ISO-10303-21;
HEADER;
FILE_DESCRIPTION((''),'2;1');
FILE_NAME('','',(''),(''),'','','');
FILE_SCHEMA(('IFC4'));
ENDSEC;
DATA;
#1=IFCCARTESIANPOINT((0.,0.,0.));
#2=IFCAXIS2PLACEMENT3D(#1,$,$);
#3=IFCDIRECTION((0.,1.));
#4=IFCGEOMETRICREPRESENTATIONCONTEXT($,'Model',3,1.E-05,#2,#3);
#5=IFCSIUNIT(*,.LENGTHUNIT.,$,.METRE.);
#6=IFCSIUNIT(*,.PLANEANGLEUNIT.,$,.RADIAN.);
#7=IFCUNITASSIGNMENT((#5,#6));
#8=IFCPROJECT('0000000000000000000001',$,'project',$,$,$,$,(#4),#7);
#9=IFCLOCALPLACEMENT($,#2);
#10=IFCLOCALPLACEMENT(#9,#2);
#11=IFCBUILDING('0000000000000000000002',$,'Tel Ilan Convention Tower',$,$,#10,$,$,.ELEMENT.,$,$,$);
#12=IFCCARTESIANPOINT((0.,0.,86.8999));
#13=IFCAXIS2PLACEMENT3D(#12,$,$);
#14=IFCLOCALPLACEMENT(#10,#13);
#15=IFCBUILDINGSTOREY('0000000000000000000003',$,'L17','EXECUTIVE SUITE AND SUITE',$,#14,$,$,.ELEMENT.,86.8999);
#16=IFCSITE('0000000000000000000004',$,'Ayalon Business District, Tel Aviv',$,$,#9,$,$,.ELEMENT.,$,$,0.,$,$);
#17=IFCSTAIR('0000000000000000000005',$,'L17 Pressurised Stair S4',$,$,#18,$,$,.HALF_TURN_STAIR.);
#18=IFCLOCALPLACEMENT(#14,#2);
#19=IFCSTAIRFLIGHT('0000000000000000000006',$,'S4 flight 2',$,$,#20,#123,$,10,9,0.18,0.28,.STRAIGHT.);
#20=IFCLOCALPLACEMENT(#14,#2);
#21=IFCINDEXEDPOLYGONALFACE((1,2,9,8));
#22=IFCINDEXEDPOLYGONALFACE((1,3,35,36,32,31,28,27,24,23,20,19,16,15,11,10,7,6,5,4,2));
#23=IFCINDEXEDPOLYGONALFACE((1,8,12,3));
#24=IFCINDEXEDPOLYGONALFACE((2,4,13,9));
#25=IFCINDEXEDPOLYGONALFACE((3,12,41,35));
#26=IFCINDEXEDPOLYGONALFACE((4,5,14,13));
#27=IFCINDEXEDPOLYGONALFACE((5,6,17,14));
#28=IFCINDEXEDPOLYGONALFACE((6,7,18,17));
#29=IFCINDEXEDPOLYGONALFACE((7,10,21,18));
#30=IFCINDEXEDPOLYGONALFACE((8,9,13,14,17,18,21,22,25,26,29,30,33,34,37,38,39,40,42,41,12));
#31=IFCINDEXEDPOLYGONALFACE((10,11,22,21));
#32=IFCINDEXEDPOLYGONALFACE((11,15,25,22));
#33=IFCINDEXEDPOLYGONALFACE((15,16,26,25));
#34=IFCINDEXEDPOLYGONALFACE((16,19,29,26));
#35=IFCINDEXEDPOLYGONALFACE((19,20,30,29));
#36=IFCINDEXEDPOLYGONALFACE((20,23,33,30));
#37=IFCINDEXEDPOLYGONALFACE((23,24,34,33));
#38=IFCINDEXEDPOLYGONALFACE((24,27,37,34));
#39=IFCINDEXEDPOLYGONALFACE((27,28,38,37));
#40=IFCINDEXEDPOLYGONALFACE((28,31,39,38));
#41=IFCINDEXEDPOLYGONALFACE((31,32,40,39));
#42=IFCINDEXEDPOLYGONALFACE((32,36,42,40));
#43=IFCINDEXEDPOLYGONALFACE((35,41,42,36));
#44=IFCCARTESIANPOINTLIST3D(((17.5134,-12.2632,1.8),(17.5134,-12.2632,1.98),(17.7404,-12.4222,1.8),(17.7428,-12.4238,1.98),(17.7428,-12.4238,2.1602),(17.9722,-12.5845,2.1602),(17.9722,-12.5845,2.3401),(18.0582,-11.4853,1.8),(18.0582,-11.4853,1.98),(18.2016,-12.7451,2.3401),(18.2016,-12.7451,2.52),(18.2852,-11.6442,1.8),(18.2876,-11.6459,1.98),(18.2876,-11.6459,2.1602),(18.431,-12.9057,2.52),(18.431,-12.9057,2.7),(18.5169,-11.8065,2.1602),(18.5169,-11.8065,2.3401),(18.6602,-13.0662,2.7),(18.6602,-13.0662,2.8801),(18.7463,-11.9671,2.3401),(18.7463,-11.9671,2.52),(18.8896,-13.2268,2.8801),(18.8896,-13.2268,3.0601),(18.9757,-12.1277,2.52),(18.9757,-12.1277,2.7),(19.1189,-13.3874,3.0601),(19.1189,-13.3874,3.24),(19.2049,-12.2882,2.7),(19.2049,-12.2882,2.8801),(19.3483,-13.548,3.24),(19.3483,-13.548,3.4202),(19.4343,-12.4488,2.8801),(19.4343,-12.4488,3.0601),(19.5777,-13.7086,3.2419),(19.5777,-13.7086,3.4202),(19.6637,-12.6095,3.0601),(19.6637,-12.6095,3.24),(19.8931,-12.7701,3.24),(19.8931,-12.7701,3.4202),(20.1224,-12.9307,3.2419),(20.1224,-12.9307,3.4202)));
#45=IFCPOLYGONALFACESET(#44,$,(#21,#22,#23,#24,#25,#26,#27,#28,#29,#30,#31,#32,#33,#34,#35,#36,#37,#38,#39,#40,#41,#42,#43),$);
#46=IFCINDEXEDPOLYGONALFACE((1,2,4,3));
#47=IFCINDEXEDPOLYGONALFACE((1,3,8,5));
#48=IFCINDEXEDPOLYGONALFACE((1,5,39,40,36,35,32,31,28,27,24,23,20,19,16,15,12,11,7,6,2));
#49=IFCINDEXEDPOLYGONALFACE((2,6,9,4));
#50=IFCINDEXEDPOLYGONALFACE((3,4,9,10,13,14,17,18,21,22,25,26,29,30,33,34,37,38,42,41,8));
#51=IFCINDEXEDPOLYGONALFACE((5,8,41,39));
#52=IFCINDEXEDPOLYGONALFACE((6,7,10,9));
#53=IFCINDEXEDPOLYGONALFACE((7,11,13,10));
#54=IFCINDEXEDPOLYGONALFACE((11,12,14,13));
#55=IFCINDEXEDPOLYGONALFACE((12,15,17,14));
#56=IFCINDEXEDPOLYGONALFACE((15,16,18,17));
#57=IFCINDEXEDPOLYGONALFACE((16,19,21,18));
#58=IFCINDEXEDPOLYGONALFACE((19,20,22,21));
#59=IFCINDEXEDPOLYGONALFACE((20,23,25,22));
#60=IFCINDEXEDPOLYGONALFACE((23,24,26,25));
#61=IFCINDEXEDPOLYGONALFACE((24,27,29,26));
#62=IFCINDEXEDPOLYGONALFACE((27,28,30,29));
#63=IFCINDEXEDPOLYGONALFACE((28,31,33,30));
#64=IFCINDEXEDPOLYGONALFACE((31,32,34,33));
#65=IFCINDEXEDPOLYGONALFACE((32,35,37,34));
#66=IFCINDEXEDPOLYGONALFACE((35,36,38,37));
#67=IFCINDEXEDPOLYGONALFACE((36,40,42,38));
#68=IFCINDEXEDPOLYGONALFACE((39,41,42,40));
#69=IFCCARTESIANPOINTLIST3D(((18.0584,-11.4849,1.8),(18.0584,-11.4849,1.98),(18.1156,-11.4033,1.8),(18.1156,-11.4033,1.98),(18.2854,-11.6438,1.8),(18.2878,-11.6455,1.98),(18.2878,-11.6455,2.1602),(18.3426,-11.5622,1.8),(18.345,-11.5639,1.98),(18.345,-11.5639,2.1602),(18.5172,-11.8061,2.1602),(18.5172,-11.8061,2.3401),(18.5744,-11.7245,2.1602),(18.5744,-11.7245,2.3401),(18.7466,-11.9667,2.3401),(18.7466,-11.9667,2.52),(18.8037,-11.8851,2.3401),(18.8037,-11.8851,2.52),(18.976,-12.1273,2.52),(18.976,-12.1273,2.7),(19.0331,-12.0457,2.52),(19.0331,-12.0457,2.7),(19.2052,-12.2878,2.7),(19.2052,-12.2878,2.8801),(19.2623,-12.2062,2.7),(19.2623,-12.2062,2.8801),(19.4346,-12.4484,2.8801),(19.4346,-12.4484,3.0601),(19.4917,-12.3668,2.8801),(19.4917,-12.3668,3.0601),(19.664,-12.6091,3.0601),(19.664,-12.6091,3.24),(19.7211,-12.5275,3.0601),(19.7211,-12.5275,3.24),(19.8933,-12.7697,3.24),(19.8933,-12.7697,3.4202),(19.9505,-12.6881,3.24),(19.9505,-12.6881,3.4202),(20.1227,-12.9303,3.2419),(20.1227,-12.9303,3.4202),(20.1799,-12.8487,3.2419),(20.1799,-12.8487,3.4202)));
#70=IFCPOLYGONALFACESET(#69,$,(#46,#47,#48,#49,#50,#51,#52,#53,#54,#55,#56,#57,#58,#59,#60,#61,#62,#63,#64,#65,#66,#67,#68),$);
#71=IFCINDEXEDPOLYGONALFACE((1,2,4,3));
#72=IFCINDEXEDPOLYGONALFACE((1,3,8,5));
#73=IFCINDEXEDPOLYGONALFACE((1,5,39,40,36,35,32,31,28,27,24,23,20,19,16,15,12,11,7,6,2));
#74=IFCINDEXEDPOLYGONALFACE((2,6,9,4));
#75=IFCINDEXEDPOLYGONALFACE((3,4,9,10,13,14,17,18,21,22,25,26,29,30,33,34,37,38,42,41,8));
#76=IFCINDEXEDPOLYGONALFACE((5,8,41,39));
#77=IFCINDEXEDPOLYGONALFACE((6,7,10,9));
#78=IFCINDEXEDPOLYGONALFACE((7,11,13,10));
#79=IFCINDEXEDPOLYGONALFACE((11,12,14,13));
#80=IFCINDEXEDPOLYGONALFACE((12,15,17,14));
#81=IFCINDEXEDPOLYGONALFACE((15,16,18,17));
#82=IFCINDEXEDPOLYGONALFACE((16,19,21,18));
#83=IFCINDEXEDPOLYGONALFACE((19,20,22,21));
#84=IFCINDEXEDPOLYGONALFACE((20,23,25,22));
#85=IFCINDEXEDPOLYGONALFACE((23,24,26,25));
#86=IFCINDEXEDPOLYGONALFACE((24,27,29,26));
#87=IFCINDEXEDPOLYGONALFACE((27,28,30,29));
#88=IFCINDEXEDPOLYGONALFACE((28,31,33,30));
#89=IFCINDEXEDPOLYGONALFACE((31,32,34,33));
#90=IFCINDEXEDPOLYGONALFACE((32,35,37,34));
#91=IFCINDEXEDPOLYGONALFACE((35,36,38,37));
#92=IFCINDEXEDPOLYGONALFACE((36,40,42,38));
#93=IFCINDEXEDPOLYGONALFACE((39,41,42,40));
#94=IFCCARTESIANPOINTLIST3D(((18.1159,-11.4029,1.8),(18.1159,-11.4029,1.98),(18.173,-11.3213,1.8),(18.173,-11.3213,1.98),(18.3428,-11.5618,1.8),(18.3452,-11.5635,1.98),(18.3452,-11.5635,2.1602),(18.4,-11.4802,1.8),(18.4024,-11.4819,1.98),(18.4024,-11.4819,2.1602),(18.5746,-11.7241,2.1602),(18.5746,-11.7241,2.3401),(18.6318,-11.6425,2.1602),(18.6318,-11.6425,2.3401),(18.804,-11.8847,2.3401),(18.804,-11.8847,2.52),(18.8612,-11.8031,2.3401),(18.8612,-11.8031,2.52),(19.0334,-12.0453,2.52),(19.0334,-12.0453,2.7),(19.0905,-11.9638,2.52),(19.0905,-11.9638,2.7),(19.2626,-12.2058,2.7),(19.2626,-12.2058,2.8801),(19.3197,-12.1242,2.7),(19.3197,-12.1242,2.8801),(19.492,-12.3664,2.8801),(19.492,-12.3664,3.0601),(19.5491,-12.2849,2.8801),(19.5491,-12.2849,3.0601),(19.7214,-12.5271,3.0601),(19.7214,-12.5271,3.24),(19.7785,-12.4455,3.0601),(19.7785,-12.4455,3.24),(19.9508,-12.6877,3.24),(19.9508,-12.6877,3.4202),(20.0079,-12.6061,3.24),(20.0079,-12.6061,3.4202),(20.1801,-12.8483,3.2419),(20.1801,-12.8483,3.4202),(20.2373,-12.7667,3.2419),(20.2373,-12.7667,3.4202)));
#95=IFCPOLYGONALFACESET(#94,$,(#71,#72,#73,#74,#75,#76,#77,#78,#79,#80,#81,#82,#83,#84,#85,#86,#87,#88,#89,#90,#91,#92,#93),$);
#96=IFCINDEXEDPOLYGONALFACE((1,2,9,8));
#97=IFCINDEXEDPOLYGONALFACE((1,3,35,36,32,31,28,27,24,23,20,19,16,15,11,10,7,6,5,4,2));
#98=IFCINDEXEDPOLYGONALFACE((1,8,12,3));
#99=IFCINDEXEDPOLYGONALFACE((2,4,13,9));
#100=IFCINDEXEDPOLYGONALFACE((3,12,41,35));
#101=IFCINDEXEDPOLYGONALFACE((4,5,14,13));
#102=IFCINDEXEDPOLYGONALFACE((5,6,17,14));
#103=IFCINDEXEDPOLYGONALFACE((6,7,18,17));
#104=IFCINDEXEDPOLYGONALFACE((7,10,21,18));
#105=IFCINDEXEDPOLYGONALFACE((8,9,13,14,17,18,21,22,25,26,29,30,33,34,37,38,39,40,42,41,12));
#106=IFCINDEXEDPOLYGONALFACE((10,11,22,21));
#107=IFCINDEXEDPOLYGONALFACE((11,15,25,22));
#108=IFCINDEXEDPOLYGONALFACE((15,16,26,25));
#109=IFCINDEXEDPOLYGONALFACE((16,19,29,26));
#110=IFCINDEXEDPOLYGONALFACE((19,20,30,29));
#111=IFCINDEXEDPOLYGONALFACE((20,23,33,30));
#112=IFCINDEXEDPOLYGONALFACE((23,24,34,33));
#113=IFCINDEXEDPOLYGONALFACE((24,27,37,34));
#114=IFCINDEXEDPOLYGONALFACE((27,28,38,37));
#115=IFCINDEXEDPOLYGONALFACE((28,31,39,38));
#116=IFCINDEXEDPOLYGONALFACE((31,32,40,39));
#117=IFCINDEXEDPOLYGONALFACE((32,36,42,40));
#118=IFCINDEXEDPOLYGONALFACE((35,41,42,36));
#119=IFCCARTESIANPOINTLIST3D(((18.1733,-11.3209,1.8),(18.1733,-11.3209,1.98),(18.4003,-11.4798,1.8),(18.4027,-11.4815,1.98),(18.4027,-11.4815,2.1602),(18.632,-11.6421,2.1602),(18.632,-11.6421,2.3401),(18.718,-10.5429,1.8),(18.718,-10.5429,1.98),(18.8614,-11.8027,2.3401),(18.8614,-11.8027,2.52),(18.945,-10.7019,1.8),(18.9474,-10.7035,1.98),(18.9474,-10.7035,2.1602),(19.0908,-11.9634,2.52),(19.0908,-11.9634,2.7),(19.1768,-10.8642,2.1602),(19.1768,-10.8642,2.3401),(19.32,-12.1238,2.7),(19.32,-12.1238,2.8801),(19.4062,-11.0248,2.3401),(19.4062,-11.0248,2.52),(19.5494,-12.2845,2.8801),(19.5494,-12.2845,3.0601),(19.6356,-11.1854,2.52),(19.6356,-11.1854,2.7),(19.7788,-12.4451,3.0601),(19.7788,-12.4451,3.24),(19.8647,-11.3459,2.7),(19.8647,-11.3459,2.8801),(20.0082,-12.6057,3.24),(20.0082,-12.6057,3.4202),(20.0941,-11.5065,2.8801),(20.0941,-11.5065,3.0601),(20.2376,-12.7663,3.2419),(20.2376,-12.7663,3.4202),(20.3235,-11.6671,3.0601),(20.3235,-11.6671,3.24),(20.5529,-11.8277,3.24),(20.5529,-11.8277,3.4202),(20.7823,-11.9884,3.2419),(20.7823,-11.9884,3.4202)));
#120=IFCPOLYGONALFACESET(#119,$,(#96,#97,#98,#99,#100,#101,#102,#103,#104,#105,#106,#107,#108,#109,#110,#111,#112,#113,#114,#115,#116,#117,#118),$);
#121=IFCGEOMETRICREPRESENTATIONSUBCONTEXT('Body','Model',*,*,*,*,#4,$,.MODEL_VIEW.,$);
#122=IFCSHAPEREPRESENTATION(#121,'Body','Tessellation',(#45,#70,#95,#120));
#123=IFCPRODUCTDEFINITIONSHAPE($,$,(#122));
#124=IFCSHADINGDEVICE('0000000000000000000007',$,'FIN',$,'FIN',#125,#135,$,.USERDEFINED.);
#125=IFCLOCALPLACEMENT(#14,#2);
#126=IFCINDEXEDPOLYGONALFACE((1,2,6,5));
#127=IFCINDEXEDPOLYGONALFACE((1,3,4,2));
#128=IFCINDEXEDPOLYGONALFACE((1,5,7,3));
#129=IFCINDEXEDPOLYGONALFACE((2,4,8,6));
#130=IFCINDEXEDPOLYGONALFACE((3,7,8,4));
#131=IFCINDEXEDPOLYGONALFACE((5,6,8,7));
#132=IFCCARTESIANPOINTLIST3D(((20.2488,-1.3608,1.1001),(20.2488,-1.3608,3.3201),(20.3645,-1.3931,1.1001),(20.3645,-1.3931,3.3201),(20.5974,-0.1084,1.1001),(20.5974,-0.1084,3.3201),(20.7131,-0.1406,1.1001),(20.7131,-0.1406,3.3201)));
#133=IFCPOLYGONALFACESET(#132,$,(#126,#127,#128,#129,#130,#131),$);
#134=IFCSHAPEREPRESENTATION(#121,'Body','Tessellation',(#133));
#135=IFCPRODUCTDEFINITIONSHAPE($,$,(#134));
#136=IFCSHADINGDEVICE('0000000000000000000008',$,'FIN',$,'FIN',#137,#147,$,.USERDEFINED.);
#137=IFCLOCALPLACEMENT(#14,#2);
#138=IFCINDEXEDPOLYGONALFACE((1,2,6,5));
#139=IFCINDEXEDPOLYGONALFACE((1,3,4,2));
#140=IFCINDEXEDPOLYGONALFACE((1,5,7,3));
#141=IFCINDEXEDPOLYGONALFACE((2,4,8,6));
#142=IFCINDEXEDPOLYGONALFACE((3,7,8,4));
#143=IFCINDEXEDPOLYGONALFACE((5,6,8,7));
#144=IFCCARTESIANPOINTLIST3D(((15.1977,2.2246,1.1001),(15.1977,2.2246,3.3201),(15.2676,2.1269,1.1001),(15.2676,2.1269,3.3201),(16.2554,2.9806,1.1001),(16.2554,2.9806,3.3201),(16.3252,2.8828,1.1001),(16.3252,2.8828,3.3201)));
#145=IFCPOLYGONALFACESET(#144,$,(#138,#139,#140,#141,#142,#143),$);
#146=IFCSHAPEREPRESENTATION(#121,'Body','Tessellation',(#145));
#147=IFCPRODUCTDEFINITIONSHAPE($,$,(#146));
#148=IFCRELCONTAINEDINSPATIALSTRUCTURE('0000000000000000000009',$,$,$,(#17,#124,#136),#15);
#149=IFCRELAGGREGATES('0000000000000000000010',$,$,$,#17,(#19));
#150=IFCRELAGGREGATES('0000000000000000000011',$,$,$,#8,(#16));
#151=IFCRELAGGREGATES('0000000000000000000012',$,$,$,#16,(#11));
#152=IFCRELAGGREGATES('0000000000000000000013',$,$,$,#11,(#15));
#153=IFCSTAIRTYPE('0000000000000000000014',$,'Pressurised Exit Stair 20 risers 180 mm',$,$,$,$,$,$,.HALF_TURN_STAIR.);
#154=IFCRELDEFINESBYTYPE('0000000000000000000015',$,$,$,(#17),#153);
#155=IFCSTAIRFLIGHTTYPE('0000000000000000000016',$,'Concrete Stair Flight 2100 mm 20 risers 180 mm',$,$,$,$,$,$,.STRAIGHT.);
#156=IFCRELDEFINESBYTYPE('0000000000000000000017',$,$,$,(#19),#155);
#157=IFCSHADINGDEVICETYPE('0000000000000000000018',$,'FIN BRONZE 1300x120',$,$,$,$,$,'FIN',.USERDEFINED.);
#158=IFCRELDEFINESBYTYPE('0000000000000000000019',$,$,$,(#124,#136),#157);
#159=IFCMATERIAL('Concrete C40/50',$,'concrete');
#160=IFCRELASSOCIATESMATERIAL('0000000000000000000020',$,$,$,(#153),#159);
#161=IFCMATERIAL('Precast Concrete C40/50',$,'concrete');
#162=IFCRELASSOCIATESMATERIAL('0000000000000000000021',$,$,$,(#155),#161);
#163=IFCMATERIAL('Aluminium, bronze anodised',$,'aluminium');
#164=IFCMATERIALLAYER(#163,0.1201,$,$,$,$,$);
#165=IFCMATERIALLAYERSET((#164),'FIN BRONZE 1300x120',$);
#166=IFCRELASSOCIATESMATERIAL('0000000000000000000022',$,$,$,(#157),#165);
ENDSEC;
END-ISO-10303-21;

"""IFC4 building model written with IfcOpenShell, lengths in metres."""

from ifc_helpers import new_model, si_unit, direction, frame, origin, origin_2d, place, context, subcontext, project, spatial, polyline, rectangle, outline, extrude, material, layer, layer_set, type_object, element, aggregate, save


model = new_model("IFC4")

# Units and contexts
model_context = context("Model", 3, precision=1e-05, world=origin(), true_north=direction((0.0, 1.0)))
body_context = subcontext(model_context, "Body", "Model", "MODEL_VIEW")
ifc_project = project(units=[si_unit("LENGTHUNIT", "METRE"), si_unit("PLANEANGLEUNIT", "RADIAN")], contexts=[model_context])

# Site, building, storey
site_placement = place(None, origin())
site = spatial("IfcSite", under=ifc_project, at=site_placement, Name="Ayalon Business District, Tel Aviv", CompositionType="ELEMENT", RefElevation=0.0)
building_placement = place(site_placement, origin())
building = spatial("IfcBuilding", under=site, at=building_placement, Name="Tel Ilan Convention Tower", CompositionType="ELEMENT")
storey_placement = place(building_placement, frame((0.0, 0.0, 86.8999)))
storey = spatial("IfcBuildingStorey", under=building, at=storey_placement, Name="L17", Description="EXECUTIVE SUITE AND SUITE", CompositionType="ELEMENT", Elevation=86.8999)

# Shared definitions
ifc_material_1 = material(Name="Concrete C40/50", Category="concrete")
stair_type = type_object("IfcStairType", Name="Pressurised Exit Stair 20 risers 180 mm", PredefinedType="HALF_TURN_STAIR", material=ifc_material_1)
ifc_material_2 = material(Name="Precast Concrete C40/50", Category="concrete")
stair_flight_type = type_object("IfcStairFlightType", Name="Concrete Stair Flight 2100 mm 20 risers 180 mm", PredefinedType="STRAIGHT", material=ifc_material_2)

# Stair, stair flight
stair_1_placement = place(storey_placement, origin())
stair_1 = element("IfcStair", 1, at=stair_1_placement, inside=storey, type_object=stair_type, Name="L17 Pressurised Stair S4", PredefinedType="HALF_TURN_STAIR")
stair_flight_1_placement = place(storey_placement, frame((18.1157, -11.4031, 1.8), z_axis=(0.0, 0.0, 1.0), x_axis=(0.819152, -0.573576, 0.0)))
stair_flight_1 = element("IfcStairFlight", 2, at=stair_flight_1_placement, type_object=stair_flight_type, Name="S4 flight 2", NumberOfRisers=10, NumberOfTreads=9, PredefinedType="STRAIGHT", RiserHeight=0.18, TreadLength=0.28, context=body_context, shape_type="SweptSolid", body=[
    extrude(outline(polyline([(0.0, 0.0), (0.0, 0.1799), (0.28, 0.1799), (0.28, 0.3601), (0.5601, 0.3601), (0.5601, 0.54), (0.8401, 0.54), (0.8401, 0.72), (1.1201, 0.72), (1.1201, 0.8999), (1.3999, 0.8999), (1.3999, 1.0801), (1.6799, 1.0801), (1.6799, 1.26), (1.96, 1.26), (1.96, 1.4399), (2.24, 1.4399), (2.24, 1.6201), (2.52, 1.6201), (2.52, 1.8), (2.52, 1.4419), (0.2771, 0.0), (0.0, 0.0)])), frame((0.0, -0.1003, 0.0), z_axis=(0.0, -1.0, 0.0), x_axis=(1.0, 0.0, 0.0)), (0.0, 0.0, 1.0), 0.9497),
    extrude(outline(polyline([(0.0, 0.0), (0.0, 0.1799), (0.28, 0.1799), (0.28, 0.3601), (0.5601, 0.3601), (0.5601, 0.54), (0.8401, 0.54), (0.8401, 0.72), (1.1201, 0.72), (1.1201, 0.8999), (1.3999, 0.8999), (1.3999, 1.0801), (1.6799, 1.0801), (1.6799, 1.26), (1.96, 1.26), (1.96, 1.4399), (2.24, 1.4399), (2.24, 1.6201), (2.52, 1.6201), (2.52, 1.8), (2.52, 1.4419), (0.2771, 0.0), (0.0, 0.0)])), frame((0.0, -0.0002, 0.0), z_axis=(0.0, -1.0, 0.0), x_axis=(1.0, 0.0, 0.0)), (0.0, 0.0, 1.0), 0.0996),
    extrude(outline(polyline([(0.0, 0.0), (0.0, 0.1799), (0.28, 0.1799), (0.28, 0.3601), (0.5601, 0.3601), (0.5601, 0.54), (0.8401, 0.54), (0.8401, 0.72), (1.1201, 0.72), (1.1201, 0.8999), (1.3999, 0.8999), (1.3999, 1.0801), (1.6799, 1.0801), (1.6799, 1.26), (1.96, 1.26), (1.96, 1.4399), (2.24, 1.4399), (2.24, 1.6201), (2.52, 1.6201), (2.52, 1.8), (2.52, 1.4419), (0.2771, 0.0), (0.0, 0.0)])), frame((0.0, 0.0999, 0.0), z_axis=(0.0, -1.0, 0.0), x_axis=(1.0, 0.0, 0.0)), (0.0, 0.0, 1.0), 0.0996),
    extrude(outline(polyline([(0.0, 0.0), (0.0, 0.1799), (0.28, 0.1799), (0.28, 0.3601), (0.5601, 0.3601), (0.5601, 0.54), (0.8401, 0.54), (0.8401, 0.72), (1.1201, 0.72), (1.1201, 0.8999), (1.3999, 0.8999), (1.3999, 1.0801), (1.6799, 1.0801), (1.6799, 1.26), (1.96, 1.26), (1.96, 1.4399), (2.24, 1.4399), (2.24, 1.6201), (2.52, 1.6201), (2.52, 1.8), (2.52, 1.4419), (0.2771, 0.0), (0.0, 0.0)])), frame((0.0, 1.05, 0.0), z_axis=(0.0, -1.0, 0.0), x_axis=(1.0, 0.0, 0.0)), (0.0, 0.0, 1.0), 0.9497),
])
aggregate(stair_1, [stair_flight_1])

# Shading devices
ifc_material_3 = material(Name="Aluminium, bronze anodised", Category="aluminium")
ifc_layer_1 = layer(ifc_material_3, 0.1201)
ifc_layer_set_1 = layer_set([ifc_layer_1], Name="FIN BRONZE 1300x120")
shading_device_type = type_object("IfcShadingDeviceType", Name="FIN BRONZE 1300x120", ElementType="FIN", PredefinedType="USERDEFINED", material=ifc_layer_set_1)
for number, where, z_axis, x_axis, name in (
    (3, (20.481, -0.7507, 1.1001), (0.0, 0.0, 1.0), (0.268173, 0.963371, 0.0), "FIN"),
    (4, (15.7615, 2.5537, 1.1001), (0.0, 0.0, 1.0), (0.813552, 0.581492, 0.0), "FIN"),
):
    element("IfcShadingDevice", number, at=place(storey_placement, frame(where, z_axis=z_axis, x_axis=x_axis)), inside=storey, type_object=shading_device_type, Name=name, ObjectType="FIN", PredefinedType="USERDEFINED", context=body_context, shape_type="SweptSolid", body=[
        extrude(rectangle(XDim=1.3, YDim=0.1201, at=origin_2d()), origin(), (0.0, 0.0, 1.0), 2.22),
    ])

save(model, "model.ifc")
